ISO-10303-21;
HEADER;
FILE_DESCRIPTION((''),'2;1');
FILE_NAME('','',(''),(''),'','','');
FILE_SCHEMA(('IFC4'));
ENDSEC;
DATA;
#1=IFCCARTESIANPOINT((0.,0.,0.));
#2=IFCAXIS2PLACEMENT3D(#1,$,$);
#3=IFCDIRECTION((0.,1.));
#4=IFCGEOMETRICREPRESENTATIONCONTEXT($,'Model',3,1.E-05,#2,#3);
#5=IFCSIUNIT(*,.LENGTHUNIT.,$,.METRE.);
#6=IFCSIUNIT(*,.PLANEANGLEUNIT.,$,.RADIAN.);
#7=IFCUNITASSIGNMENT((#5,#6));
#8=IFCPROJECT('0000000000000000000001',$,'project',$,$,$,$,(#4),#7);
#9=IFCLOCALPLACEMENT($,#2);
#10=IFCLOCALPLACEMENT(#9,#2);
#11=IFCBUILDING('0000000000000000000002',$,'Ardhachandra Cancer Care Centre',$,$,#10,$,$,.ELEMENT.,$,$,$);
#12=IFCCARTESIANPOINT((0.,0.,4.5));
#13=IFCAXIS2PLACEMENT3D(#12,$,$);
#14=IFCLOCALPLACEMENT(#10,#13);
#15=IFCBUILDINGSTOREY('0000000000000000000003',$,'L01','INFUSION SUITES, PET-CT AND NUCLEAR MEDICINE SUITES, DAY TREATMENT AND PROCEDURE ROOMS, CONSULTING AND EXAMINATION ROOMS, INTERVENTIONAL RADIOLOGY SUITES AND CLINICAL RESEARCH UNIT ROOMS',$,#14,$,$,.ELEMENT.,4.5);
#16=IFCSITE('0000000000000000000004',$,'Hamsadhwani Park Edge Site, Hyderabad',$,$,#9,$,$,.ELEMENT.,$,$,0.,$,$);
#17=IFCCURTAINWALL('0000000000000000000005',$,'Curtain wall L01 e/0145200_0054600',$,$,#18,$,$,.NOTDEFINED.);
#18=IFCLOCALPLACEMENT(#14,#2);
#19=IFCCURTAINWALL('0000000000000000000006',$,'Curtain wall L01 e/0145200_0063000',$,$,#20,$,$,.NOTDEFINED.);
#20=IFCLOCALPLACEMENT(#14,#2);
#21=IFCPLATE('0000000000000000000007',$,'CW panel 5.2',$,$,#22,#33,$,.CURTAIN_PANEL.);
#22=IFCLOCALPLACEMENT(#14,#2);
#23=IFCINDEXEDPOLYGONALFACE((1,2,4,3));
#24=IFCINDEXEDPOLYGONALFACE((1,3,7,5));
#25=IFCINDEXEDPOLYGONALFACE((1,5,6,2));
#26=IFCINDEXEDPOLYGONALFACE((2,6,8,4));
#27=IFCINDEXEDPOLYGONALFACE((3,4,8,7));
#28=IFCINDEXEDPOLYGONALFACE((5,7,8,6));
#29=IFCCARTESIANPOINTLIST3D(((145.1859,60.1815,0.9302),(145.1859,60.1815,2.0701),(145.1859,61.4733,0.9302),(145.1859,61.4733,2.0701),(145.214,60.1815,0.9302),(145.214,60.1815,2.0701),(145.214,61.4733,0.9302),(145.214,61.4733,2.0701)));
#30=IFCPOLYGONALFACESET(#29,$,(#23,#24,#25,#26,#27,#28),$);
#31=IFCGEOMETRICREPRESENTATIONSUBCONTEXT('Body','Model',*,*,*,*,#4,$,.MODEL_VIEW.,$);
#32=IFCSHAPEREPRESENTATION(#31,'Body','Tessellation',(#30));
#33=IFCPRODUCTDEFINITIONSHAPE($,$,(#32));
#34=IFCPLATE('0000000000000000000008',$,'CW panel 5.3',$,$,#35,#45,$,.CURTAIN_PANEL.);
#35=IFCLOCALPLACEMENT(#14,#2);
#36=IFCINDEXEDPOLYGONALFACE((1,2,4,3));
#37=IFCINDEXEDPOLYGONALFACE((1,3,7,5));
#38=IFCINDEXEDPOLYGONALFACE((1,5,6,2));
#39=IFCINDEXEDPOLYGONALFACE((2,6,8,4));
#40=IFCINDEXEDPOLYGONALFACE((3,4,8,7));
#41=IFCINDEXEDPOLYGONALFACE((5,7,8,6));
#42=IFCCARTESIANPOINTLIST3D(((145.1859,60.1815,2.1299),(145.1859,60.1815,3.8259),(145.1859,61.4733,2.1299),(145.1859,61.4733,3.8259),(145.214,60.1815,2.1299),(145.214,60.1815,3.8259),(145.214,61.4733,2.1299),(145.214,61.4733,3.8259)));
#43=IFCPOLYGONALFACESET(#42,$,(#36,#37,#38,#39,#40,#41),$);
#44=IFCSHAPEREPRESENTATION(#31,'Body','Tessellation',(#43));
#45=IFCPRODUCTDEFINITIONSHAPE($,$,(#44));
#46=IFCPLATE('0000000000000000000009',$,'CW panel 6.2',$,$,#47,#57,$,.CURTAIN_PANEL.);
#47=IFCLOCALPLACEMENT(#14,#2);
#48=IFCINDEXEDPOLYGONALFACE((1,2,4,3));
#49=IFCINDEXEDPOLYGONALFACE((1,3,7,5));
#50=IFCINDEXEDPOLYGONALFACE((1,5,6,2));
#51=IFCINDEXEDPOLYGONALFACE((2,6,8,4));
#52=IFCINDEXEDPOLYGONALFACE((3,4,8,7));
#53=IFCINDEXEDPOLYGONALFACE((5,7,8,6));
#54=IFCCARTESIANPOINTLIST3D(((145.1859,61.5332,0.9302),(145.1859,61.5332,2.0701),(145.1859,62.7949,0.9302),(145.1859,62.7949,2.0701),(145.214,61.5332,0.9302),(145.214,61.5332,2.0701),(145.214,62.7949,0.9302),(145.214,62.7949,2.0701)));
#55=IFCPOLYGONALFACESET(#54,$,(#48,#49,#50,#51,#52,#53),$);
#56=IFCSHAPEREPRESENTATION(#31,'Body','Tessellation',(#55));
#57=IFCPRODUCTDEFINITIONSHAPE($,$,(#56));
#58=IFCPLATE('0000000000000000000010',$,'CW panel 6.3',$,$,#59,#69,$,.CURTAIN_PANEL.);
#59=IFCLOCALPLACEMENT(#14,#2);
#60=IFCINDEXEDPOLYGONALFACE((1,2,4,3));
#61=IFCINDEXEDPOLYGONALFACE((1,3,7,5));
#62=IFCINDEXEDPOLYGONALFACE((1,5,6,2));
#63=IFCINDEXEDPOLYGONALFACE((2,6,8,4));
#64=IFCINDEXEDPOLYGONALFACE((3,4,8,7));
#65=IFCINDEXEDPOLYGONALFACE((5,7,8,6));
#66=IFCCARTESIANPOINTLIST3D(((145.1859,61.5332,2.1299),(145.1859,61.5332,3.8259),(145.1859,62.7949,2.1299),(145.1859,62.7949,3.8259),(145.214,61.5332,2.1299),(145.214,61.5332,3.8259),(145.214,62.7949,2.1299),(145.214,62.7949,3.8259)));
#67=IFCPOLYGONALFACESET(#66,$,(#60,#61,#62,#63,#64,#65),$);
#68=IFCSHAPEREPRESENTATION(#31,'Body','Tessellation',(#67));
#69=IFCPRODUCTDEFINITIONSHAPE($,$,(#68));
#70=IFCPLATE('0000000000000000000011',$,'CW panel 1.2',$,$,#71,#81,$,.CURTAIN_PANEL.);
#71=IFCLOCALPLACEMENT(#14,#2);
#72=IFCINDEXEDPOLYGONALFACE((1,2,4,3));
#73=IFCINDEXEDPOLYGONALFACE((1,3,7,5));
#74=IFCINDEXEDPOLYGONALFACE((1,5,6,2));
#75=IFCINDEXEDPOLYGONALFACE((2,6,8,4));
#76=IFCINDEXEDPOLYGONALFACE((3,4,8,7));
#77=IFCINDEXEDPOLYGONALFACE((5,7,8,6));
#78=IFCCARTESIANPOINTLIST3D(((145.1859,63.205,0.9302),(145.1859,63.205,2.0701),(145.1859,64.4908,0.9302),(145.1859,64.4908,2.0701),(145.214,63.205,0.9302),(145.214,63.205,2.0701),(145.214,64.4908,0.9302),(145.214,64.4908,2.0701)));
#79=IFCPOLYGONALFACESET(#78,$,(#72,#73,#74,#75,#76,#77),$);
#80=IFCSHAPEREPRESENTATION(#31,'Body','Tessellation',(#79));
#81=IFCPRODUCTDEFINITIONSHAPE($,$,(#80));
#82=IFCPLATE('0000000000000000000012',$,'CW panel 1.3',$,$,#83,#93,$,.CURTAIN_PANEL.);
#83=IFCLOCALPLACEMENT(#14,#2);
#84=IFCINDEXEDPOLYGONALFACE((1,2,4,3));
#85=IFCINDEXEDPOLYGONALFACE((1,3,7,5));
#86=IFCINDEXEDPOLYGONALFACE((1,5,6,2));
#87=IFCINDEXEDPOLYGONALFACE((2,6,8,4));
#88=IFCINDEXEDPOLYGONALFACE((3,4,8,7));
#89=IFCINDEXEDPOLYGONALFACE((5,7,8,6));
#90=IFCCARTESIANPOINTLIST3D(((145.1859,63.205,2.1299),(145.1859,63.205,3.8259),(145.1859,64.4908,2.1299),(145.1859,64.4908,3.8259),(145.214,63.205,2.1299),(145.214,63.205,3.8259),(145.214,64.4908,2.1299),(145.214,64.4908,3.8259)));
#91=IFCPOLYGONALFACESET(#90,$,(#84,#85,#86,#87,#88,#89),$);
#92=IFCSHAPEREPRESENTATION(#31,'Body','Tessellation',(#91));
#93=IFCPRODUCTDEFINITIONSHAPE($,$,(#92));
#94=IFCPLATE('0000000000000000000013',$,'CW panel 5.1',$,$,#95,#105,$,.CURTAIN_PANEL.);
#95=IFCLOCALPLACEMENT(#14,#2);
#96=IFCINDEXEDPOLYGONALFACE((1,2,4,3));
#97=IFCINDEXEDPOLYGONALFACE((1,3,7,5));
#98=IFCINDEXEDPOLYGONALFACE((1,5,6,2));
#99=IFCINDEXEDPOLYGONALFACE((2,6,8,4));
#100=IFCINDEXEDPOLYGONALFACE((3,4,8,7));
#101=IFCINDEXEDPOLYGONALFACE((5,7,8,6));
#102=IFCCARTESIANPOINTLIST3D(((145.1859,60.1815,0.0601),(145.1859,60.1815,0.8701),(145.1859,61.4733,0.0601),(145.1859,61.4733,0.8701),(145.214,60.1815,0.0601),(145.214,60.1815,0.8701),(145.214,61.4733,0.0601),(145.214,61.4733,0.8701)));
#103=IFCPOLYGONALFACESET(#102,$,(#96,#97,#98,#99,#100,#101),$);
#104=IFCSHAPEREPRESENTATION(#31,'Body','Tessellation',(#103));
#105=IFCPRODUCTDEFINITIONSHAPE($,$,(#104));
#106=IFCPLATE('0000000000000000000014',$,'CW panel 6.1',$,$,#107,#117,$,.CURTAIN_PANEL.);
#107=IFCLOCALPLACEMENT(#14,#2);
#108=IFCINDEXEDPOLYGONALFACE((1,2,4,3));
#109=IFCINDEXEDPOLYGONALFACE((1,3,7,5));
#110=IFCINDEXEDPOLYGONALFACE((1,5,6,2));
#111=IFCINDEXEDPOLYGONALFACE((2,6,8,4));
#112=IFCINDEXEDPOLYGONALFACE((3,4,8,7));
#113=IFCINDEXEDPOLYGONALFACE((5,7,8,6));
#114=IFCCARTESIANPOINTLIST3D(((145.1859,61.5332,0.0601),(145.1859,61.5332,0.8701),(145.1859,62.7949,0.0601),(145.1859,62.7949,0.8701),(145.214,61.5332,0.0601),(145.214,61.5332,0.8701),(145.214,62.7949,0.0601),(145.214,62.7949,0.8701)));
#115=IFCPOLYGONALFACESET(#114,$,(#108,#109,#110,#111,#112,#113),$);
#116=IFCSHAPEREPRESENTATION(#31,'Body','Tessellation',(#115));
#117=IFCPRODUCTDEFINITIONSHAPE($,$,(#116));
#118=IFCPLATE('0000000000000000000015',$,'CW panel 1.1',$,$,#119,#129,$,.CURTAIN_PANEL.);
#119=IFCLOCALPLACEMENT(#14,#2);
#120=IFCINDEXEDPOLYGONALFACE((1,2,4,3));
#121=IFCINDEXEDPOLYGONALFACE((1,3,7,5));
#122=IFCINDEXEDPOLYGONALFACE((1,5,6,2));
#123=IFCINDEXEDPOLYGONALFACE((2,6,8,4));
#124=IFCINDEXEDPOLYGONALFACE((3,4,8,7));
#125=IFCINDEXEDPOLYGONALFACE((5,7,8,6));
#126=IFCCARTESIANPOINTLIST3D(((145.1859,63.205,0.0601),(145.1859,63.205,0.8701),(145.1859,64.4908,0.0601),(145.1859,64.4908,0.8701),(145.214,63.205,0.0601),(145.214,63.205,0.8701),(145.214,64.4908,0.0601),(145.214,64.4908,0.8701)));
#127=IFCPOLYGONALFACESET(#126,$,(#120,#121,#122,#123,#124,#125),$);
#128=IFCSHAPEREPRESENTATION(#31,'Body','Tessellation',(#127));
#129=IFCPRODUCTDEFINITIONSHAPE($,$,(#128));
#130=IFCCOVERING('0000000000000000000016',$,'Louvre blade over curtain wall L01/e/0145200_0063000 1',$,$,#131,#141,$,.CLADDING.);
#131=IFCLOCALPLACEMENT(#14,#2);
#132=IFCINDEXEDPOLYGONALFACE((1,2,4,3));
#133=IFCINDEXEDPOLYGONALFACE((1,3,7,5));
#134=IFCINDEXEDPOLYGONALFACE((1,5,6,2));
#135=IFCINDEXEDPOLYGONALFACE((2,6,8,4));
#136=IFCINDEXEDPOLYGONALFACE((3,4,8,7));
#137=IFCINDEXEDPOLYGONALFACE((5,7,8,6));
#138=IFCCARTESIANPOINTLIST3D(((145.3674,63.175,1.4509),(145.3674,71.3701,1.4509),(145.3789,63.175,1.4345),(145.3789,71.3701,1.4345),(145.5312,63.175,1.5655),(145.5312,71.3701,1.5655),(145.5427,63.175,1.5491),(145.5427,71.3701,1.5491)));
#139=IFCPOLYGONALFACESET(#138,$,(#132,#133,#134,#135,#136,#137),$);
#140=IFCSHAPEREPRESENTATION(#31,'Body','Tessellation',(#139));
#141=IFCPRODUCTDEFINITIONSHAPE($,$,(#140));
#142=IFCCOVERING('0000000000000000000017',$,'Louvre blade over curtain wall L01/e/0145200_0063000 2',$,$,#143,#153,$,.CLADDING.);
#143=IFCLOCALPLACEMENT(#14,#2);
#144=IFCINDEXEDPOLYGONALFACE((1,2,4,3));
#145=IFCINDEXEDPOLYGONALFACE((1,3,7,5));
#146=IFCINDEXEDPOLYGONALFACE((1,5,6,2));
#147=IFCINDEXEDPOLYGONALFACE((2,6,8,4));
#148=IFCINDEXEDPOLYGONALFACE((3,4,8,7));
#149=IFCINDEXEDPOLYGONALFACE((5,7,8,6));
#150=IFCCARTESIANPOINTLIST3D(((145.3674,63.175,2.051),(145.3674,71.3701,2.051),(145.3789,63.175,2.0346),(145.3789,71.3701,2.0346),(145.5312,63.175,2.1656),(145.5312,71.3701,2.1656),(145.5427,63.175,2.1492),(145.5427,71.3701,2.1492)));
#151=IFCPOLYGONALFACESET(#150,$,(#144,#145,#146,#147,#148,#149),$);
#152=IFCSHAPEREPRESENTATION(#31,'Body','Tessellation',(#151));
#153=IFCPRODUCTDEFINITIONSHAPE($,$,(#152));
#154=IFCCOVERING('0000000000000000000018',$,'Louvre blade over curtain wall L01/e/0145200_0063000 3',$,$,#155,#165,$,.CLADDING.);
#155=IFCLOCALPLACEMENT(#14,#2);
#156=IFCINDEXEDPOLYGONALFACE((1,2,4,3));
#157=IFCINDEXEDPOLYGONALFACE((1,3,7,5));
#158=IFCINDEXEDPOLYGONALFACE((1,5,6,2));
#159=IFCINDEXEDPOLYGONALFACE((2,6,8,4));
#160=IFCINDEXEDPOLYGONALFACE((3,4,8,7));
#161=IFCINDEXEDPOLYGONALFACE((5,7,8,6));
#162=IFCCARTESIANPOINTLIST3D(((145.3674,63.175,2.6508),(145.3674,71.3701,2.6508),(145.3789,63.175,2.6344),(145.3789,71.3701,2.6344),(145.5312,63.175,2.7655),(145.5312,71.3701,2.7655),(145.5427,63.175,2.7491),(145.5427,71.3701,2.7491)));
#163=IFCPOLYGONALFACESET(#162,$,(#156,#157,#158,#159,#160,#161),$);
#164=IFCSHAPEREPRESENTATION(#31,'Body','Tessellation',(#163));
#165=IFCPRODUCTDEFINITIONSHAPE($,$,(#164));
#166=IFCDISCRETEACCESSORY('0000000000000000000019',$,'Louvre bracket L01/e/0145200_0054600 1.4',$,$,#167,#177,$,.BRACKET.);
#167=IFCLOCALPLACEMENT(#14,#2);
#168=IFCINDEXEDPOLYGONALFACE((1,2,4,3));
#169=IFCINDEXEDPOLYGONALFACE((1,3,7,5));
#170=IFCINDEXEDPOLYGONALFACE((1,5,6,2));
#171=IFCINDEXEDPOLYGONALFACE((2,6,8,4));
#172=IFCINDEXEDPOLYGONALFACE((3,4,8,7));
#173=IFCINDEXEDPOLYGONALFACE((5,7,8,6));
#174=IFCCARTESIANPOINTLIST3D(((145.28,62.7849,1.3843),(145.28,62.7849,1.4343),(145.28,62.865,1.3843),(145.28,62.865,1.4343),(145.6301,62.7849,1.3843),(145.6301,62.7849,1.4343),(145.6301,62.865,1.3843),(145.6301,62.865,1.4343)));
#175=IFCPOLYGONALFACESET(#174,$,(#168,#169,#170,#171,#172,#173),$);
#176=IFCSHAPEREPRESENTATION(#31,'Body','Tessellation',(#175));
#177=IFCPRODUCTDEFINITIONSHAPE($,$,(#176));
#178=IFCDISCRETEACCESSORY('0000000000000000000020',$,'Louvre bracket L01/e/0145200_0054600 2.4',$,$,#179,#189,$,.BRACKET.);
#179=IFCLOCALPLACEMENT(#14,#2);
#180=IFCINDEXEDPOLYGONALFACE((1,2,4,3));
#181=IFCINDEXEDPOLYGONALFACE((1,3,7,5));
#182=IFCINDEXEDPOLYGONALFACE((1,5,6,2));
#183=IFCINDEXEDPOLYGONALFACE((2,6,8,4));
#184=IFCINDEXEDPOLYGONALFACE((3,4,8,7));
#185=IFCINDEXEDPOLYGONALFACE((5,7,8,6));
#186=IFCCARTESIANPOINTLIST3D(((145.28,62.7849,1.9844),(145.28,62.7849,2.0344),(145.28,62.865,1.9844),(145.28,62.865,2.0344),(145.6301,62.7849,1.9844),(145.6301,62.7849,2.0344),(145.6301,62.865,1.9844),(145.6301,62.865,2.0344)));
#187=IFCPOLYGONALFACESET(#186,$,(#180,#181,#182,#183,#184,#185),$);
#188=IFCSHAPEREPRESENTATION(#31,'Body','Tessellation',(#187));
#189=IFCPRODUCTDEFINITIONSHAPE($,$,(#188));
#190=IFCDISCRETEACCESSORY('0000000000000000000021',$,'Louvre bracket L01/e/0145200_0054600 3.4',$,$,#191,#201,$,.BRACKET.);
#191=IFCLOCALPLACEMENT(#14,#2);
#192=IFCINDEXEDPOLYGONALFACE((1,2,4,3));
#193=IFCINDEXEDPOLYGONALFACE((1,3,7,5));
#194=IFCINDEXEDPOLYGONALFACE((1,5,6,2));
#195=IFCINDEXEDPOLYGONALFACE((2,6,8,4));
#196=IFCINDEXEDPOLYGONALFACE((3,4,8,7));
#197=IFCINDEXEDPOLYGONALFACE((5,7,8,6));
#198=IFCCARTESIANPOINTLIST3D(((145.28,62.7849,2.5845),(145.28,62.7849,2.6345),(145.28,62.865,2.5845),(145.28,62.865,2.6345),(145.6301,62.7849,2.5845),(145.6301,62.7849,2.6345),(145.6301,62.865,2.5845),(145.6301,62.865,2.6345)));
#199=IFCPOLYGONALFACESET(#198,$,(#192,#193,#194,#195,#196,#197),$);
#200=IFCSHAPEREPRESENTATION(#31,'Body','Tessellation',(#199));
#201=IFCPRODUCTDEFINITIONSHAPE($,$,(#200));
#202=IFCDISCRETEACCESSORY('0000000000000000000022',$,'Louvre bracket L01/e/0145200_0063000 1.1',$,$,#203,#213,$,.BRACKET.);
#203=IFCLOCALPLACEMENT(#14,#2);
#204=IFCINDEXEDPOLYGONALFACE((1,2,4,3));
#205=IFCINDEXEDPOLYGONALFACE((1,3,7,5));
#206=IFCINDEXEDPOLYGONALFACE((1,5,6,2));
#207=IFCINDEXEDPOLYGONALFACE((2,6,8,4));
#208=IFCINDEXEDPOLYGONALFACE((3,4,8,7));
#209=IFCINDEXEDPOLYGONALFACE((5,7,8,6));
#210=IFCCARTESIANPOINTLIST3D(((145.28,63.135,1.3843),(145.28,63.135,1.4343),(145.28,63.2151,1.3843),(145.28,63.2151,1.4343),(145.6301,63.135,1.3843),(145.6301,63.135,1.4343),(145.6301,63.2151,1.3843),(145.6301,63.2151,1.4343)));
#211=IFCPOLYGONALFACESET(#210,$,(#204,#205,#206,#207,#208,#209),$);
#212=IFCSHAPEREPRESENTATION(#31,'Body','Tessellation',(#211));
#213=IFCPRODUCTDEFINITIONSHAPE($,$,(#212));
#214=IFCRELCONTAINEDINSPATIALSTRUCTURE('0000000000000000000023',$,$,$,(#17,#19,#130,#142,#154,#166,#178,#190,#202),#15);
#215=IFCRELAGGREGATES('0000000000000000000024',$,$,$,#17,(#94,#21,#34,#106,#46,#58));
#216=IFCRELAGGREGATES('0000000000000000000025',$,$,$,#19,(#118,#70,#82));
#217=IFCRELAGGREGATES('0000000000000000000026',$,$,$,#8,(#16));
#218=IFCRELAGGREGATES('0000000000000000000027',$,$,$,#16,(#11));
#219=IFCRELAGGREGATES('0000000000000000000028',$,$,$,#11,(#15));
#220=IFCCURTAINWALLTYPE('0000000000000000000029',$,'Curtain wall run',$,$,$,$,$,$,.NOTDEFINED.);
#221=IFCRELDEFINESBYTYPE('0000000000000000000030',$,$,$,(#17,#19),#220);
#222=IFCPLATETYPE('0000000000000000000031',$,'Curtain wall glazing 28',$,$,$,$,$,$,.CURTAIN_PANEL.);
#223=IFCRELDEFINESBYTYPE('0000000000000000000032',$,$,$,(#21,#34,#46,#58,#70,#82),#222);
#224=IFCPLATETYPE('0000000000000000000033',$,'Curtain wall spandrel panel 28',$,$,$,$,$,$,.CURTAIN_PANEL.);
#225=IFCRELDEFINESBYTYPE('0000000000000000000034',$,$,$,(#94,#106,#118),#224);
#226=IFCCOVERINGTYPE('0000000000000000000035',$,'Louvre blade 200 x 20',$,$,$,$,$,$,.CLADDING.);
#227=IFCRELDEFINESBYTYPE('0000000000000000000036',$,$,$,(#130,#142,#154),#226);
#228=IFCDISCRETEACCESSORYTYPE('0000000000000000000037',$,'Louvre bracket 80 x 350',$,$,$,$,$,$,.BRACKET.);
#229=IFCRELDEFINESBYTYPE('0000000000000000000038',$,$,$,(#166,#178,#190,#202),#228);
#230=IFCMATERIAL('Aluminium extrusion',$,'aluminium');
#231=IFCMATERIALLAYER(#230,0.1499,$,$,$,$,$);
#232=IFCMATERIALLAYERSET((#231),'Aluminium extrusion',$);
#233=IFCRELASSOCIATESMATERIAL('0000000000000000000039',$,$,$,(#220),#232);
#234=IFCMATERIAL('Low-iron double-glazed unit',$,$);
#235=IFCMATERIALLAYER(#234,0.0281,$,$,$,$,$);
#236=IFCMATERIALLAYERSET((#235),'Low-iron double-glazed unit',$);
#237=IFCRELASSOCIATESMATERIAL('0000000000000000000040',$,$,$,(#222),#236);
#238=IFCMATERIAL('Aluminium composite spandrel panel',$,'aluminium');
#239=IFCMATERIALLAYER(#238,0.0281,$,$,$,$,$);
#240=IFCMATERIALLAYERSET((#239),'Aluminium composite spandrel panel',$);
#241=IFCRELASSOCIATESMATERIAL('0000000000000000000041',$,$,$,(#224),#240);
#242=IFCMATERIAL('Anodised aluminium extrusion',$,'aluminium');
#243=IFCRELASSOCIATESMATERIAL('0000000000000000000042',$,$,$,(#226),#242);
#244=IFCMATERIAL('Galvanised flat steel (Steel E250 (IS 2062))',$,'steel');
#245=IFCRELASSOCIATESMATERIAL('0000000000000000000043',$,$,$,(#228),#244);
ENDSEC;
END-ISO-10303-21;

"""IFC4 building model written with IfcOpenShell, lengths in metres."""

from ifc_helpers import new_model, si_unit, direction, frame, origin, origin_2d, place, context, subcontext, project, spatial, rectangle, extrude, material, layer, layer_set, material_profile, profile_set, type_object, element, aggregate, save


model = new_model("IFC4")

# Units and contexts
model_context = context("Model", 3, precision=1e-05, world=origin(), true_north=direction((0.0, 1.0)))
body_context = subcontext(model_context, "Body", "Model", "MODEL_VIEW")
ifc_project = project(units=[si_unit("LENGTHUNIT", "METRE"), si_unit("PLANEANGLEUNIT", "RADIAN")], contexts=[model_context])

# Site, building, storey
site_placement = place(None, origin())
site = spatial("IfcSite", under=ifc_project, at=site_placement, Name="Hamsadhwani Park Edge Site, Hyderabad", CompositionType="ELEMENT", RefElevation=0.0)
building_placement = place(site_placement, origin())
building = spatial("IfcBuilding", under=site, at=building_placement, Name="Ardhachandra Cancer Care Centre", CompositionType="ELEMENT")
storey_placement = place(building_placement, frame((0.0, 0.0, 4.5)))
storey = spatial("IfcBuildingStorey", under=building, at=storey_placement, Name="L01", Description="INFUSION SUITES, PET-CT AND NUCLEAR MEDICINE SUITES, DAY TREATMENT AND PROCEDURE ROOMS, CONSULTING AND EXAMINATION ROOMS, INTERVENTIONAL RADIOLOGY SUITES AND CLINICAL RESEARCH UNIT ROOMS", CompositionType="ELEMENT", Elevation=4.5)

# Curtain walls
ifc_material_1 = material(Name="Aluminium extrusion", Category="aluminium")
ifc_layer_1 = layer(ifc_material_1, 0.1499)
ifc_layer_set_1 = layer_set([ifc_layer_1], Name="Aluminium extrusion")
curtain_wall_type = type_object("IfcCurtainWallType", Name="Curtain wall run", PredefinedType="NOTDEFINED", material=ifc_layer_set_1)
curtain_wall_1_placement = place(storey_placement, origin())
curtain_wall_1 = element("IfcCurtainWall", 1, at=curtain_wall_1_placement, inside=storey, type_object=curtain_wall_type, Name="Curtain wall L01 e/0145200_0054600", PredefinedType="NOTDEFINED")
curtain_wall_2_placement = place(storey_placement, origin())
curtain_wall_2 = element("IfcCurtainWall", 2, at=curtain_wall_2_placement, inside=storey, type_object=curtain_wall_type, Name="Curtain wall L01 e/0145200_0063000", PredefinedType="NOTDEFINED")

# Plates
ifc_material_2 = material(Name="Low-iron double-glazed unit")
ifc_layer_2 = layer(ifc_material_2, 0.0281)
ifc_layer_set_2 = layer_set([ifc_layer_2], Name="Low-iron double-glazed unit")
plate_type_1 = type_object("IfcPlateType", Name="Curtain wall glazing 28", PredefinedType="CURTAIN_PANEL", material=ifc_layer_set_2)
plate_1_placement = place(storey_placement, frame((145.2, 60.8274, 0.9302), z_axis=(0.0, 0.0, 1.0), x_axis=(0.0, 1.0, 0.0)))
plate_1 = element("IfcPlate", 3, at=plate_1_placement, type_object=plate_type_1, Name="CW panel 5.2", PredefinedType="CURTAIN_PANEL", context=body_context, shape_type="SweptSolid", body=[
    extrude(rectangle(XDim=1.2917, YDim=0.0281, at=origin_2d()), origin(), (0.0, 0.0, 1.0), 1.1399),
])
plate_2_placement = place(storey_placement, frame((145.2, 60.8274, 2.1299), z_axis=(0.0, 0.0, 1.0), x_axis=(0.0, 1.0, 0.0)))
plate_2 = element("IfcPlate", 4, at=plate_2_placement, type_object=plate_type_1, Name="CW panel 5.3", PredefinedType="CURTAIN_PANEL", context=body_context, shape_type="SweptSolid", body=[
    extrude(rectangle(XDim=1.2917, YDim=0.0281, at=origin_2d()), origin(), (0.0, 0.0, 1.0), 1.696),
])
plate_3_placement = place(storey_placement, frame((145.2, 62.1641, 0.9302), z_axis=(0.0, 0.0, 1.0), x_axis=(0.0, 1.0, 0.0)))
plate_3 = element("IfcPlate", 5, at=plate_3_placement, type_object=plate_type_1, Name="CW panel 6.2", PredefinedType="CURTAIN_PANEL", context=body_context, shape_type="SweptSolid", body=[
    extrude(rectangle(XDim=1.2617, YDim=0.0281, at=origin_2d()), origin(), (0.0, 0.0, 1.0), 1.1399),
])
plate_4_placement = place(storey_placement, frame((145.2, 62.1641, 2.1299), z_axis=(0.0, 0.0, 1.0), x_axis=(0.0, 1.0, 0.0)))
plate_4 = element("IfcPlate", 6, at=plate_4_placement, type_object=plate_type_1, Name="CW panel 6.3", PredefinedType="CURTAIN_PANEL", context=body_context, shape_type="SweptSolid", body=[
    extrude(rectangle(XDim=1.2617, YDim=0.0281, at=origin_2d()), origin(), (0.0, 0.0, 1.0), 1.696),
])
plate_5_placement = place(storey_placement, frame((145.2, 63.8479, 0.9302), z_axis=(0.0, 0.0, 1.0), x_axis=(0.0, 1.0, 0.0)))
plate_5 = element("IfcPlate", 7, at=plate_5_placement, type_object=plate_type_1, Name="CW panel 1.2", PredefinedType="CURTAIN_PANEL", context=body_context, shape_type="SweptSolid", body=[
    extrude(rectangle(XDim=1.2859, YDim=0.0281, at=origin_2d()), origin(), (0.0, 0.0, 1.0), 1.1399),
])
plate_6_placement = place(storey_placement, frame((145.2, 63.8479, 2.1299), z_axis=(0.0, 0.0, 1.0), x_axis=(0.0, 1.0, 0.0)))
plate_6 = element("IfcPlate", 8, at=plate_6_placement, type_object=plate_type_1, Name="CW panel 1.3", PredefinedType="CURTAIN_PANEL", context=body_context, shape_type="SweptSolid", body=[
    extrude(rectangle(XDim=1.2859, YDim=0.0281, at=origin_2d()), origin(), (0.0, 0.0, 1.0), 1.696),
])
ifc_material_3 = material(Name="Aluminium composite spandrel panel", Category="aluminium")
ifc_layer_3 = layer(ifc_material_3, 0.0281)
ifc_layer_set_3 = layer_set([ifc_layer_3], Name="Aluminium composite spandrel panel")
plate_type_2 = type_object("IfcPlateType", Name="Curtain wall spandrel panel 28", PredefinedType="CURTAIN_PANEL", material=ifc_layer_set_3)
plate_7_placement = place(storey_placement, frame((145.2, 60.8274, 0.0601), z_axis=(0.0, 0.0, 1.0), x_axis=(0.0, 1.0, 0.0)))
plate_7 = element("IfcPlate", 9, at=plate_7_placement, type_object=plate_type_2, Name="CW panel 5.1", PredefinedType="CURTAIN_PANEL", context=body_context, shape_type="SweptSolid", body=[
    extrude(rectangle(XDim=1.2917, YDim=0.0281, at=origin_2d()), origin(), (0.0, 0.0, 1.0), 0.8101),
])
plate_8_placement = place(storey_placement, frame((145.2, 62.1641, 0.0601), z_axis=(0.0, 0.0, 1.0), x_axis=(0.0, 1.0, 0.0)))
plate_8 = element("IfcPlate", 10, at=plate_8_placement, type_object=plate_type_2, Name="CW panel 6.1", PredefinedType="CURTAIN_PANEL", context=body_context, shape_type="SweptSolid", body=[
    extrude(rectangle(XDim=1.2617, YDim=0.0281, at=origin_2d()), origin(), (0.0, 0.0, 1.0), 0.8101),
])
aggregate(curtain_wall_1, [plate_7, plate_1, plate_2, plate_8, plate_3, plate_4])
plate_9_placement = place(storey_placement, frame((145.2, 63.8479, 0.0601), z_axis=(0.0, 0.0, 1.0), x_axis=(0.0, 1.0, 0.0)))
plate_9 = element("IfcPlate", 11, at=plate_9_placement, type_object=plate_type_2, Name="CW panel 1.1", PredefinedType="CURTAIN_PANEL", context=body_context, shape_type="SweptSolid", body=[
    extrude(rectangle(XDim=1.2859, YDim=0.0281, at=origin_2d()), origin(), (0.0, 0.0, 1.0), 0.8101),
])
aggregate(curtain_wall_2, [plate_9, plate_5, plate_6])

# Coverings
ifc_material_4 = material(Name="Anodised aluminium extrusion", Category="aluminium")
ifc_material_profile_1 = material_profile(ifc_material_4, rectangle(XDim=0.2, YDim=0.02, at=origin_2d()), Name="Louvre blade 200 x 20")
ifc_profile_set_1 = profile_set([ifc_material_profile_1], Name="Anodised aluminium extrusion")
covering_type = type_object("IfcCoveringType", Name="Louvre blade 200 x 20", PredefinedType="CLADDING", material=ifc_profile_set_1)
for number, where, z_axis, x_axis, name in (
    (12, (145.4551, 63.175, 1.5), (0.0, 1.0, 0.0), (-0.819152, 0.0, -0.573576), "Louvre blade over curtain wall L01/e/0145200_0063000 1"),
    (13, (145.4551, 63.175, 2.1001), (0.0, 1.0, 0.0), (-0.819152, 0.0, -0.573576), "Louvre blade over curtain wall L01/e/0145200_0063000 2"),
    (14, (145.4551, 63.175, 2.7), (0.0, 1.0, 0.0), (-0.819152, 0.0, -0.573576), "Louvre blade over curtain wall L01/e/0145200_0063000 3"),
):
    element("IfcCovering", number, at=place(storey_placement, frame(where, z_axis=z_axis, x_axis=x_axis)), inside=storey, type_object=covering_type, Name=name, PredefinedType="CLADDING", context=body_context, shape_type="SweptSolid", body=[
        extrude(rectangle(XDim=0.2, YDim=0.02, at=origin_2d()), origin(), (0.0, 0.0, 1.0), 8.1951),
    ])

# Discrete accessories
ifc_material_5 = material(Name="Galvanised flat steel (Steel E250 (IS 2062))", Category="steel")
discrete_accessory_type = type_object("IfcDiscreteAccessoryType", Name="Louvre bracket 80 x 350", PredefinedType="BRACKET", material=ifc_material_5)
for number, where, z_axis, x_axis, name in (
    (15, (145.4551, 62.825, 1.3843), (0.0, 0.0, 1.0), (0.0, 1.0, 0.0), "Louvre bracket L01/e/0145200_0054600 1.4"),
    (16, (145.4551, 62.825, 1.9844), (0.0, 0.0, 1.0), (0.0, 1.0, 0.0), "Louvre bracket L01/e/0145200_0054600 2.4"),
    (17, (145.4551, 62.825, 2.5845), (0.0, 0.0, 1.0), (0.0, 1.0, 0.0), "Louvre bracket L01/e/0145200_0054600 3.4"),
    (18, (145.4551, 63.175, 1.3843), (0.0, 0.0, 1.0), (0.0, 1.0, 0.0), "Louvre bracket L01/e/0145200_0063000 1.1"),
):
    element("IfcDiscreteAccessory", number, at=place(storey_placement, frame(where, z_axis=z_axis, x_axis=x_axis)), inside=storey, type_object=discrete_accessory_type, Name=name, PredefinedType="BRACKET", context=body_context, shape_type="SweptSolid", body=[
        extrude(rectangle(XDim=0.0801, YDim=0.3501, at=origin_2d()), origin(), (0.0, 0.0, 1.0), 0.05),
    ])

save(model, "model.ifc")
